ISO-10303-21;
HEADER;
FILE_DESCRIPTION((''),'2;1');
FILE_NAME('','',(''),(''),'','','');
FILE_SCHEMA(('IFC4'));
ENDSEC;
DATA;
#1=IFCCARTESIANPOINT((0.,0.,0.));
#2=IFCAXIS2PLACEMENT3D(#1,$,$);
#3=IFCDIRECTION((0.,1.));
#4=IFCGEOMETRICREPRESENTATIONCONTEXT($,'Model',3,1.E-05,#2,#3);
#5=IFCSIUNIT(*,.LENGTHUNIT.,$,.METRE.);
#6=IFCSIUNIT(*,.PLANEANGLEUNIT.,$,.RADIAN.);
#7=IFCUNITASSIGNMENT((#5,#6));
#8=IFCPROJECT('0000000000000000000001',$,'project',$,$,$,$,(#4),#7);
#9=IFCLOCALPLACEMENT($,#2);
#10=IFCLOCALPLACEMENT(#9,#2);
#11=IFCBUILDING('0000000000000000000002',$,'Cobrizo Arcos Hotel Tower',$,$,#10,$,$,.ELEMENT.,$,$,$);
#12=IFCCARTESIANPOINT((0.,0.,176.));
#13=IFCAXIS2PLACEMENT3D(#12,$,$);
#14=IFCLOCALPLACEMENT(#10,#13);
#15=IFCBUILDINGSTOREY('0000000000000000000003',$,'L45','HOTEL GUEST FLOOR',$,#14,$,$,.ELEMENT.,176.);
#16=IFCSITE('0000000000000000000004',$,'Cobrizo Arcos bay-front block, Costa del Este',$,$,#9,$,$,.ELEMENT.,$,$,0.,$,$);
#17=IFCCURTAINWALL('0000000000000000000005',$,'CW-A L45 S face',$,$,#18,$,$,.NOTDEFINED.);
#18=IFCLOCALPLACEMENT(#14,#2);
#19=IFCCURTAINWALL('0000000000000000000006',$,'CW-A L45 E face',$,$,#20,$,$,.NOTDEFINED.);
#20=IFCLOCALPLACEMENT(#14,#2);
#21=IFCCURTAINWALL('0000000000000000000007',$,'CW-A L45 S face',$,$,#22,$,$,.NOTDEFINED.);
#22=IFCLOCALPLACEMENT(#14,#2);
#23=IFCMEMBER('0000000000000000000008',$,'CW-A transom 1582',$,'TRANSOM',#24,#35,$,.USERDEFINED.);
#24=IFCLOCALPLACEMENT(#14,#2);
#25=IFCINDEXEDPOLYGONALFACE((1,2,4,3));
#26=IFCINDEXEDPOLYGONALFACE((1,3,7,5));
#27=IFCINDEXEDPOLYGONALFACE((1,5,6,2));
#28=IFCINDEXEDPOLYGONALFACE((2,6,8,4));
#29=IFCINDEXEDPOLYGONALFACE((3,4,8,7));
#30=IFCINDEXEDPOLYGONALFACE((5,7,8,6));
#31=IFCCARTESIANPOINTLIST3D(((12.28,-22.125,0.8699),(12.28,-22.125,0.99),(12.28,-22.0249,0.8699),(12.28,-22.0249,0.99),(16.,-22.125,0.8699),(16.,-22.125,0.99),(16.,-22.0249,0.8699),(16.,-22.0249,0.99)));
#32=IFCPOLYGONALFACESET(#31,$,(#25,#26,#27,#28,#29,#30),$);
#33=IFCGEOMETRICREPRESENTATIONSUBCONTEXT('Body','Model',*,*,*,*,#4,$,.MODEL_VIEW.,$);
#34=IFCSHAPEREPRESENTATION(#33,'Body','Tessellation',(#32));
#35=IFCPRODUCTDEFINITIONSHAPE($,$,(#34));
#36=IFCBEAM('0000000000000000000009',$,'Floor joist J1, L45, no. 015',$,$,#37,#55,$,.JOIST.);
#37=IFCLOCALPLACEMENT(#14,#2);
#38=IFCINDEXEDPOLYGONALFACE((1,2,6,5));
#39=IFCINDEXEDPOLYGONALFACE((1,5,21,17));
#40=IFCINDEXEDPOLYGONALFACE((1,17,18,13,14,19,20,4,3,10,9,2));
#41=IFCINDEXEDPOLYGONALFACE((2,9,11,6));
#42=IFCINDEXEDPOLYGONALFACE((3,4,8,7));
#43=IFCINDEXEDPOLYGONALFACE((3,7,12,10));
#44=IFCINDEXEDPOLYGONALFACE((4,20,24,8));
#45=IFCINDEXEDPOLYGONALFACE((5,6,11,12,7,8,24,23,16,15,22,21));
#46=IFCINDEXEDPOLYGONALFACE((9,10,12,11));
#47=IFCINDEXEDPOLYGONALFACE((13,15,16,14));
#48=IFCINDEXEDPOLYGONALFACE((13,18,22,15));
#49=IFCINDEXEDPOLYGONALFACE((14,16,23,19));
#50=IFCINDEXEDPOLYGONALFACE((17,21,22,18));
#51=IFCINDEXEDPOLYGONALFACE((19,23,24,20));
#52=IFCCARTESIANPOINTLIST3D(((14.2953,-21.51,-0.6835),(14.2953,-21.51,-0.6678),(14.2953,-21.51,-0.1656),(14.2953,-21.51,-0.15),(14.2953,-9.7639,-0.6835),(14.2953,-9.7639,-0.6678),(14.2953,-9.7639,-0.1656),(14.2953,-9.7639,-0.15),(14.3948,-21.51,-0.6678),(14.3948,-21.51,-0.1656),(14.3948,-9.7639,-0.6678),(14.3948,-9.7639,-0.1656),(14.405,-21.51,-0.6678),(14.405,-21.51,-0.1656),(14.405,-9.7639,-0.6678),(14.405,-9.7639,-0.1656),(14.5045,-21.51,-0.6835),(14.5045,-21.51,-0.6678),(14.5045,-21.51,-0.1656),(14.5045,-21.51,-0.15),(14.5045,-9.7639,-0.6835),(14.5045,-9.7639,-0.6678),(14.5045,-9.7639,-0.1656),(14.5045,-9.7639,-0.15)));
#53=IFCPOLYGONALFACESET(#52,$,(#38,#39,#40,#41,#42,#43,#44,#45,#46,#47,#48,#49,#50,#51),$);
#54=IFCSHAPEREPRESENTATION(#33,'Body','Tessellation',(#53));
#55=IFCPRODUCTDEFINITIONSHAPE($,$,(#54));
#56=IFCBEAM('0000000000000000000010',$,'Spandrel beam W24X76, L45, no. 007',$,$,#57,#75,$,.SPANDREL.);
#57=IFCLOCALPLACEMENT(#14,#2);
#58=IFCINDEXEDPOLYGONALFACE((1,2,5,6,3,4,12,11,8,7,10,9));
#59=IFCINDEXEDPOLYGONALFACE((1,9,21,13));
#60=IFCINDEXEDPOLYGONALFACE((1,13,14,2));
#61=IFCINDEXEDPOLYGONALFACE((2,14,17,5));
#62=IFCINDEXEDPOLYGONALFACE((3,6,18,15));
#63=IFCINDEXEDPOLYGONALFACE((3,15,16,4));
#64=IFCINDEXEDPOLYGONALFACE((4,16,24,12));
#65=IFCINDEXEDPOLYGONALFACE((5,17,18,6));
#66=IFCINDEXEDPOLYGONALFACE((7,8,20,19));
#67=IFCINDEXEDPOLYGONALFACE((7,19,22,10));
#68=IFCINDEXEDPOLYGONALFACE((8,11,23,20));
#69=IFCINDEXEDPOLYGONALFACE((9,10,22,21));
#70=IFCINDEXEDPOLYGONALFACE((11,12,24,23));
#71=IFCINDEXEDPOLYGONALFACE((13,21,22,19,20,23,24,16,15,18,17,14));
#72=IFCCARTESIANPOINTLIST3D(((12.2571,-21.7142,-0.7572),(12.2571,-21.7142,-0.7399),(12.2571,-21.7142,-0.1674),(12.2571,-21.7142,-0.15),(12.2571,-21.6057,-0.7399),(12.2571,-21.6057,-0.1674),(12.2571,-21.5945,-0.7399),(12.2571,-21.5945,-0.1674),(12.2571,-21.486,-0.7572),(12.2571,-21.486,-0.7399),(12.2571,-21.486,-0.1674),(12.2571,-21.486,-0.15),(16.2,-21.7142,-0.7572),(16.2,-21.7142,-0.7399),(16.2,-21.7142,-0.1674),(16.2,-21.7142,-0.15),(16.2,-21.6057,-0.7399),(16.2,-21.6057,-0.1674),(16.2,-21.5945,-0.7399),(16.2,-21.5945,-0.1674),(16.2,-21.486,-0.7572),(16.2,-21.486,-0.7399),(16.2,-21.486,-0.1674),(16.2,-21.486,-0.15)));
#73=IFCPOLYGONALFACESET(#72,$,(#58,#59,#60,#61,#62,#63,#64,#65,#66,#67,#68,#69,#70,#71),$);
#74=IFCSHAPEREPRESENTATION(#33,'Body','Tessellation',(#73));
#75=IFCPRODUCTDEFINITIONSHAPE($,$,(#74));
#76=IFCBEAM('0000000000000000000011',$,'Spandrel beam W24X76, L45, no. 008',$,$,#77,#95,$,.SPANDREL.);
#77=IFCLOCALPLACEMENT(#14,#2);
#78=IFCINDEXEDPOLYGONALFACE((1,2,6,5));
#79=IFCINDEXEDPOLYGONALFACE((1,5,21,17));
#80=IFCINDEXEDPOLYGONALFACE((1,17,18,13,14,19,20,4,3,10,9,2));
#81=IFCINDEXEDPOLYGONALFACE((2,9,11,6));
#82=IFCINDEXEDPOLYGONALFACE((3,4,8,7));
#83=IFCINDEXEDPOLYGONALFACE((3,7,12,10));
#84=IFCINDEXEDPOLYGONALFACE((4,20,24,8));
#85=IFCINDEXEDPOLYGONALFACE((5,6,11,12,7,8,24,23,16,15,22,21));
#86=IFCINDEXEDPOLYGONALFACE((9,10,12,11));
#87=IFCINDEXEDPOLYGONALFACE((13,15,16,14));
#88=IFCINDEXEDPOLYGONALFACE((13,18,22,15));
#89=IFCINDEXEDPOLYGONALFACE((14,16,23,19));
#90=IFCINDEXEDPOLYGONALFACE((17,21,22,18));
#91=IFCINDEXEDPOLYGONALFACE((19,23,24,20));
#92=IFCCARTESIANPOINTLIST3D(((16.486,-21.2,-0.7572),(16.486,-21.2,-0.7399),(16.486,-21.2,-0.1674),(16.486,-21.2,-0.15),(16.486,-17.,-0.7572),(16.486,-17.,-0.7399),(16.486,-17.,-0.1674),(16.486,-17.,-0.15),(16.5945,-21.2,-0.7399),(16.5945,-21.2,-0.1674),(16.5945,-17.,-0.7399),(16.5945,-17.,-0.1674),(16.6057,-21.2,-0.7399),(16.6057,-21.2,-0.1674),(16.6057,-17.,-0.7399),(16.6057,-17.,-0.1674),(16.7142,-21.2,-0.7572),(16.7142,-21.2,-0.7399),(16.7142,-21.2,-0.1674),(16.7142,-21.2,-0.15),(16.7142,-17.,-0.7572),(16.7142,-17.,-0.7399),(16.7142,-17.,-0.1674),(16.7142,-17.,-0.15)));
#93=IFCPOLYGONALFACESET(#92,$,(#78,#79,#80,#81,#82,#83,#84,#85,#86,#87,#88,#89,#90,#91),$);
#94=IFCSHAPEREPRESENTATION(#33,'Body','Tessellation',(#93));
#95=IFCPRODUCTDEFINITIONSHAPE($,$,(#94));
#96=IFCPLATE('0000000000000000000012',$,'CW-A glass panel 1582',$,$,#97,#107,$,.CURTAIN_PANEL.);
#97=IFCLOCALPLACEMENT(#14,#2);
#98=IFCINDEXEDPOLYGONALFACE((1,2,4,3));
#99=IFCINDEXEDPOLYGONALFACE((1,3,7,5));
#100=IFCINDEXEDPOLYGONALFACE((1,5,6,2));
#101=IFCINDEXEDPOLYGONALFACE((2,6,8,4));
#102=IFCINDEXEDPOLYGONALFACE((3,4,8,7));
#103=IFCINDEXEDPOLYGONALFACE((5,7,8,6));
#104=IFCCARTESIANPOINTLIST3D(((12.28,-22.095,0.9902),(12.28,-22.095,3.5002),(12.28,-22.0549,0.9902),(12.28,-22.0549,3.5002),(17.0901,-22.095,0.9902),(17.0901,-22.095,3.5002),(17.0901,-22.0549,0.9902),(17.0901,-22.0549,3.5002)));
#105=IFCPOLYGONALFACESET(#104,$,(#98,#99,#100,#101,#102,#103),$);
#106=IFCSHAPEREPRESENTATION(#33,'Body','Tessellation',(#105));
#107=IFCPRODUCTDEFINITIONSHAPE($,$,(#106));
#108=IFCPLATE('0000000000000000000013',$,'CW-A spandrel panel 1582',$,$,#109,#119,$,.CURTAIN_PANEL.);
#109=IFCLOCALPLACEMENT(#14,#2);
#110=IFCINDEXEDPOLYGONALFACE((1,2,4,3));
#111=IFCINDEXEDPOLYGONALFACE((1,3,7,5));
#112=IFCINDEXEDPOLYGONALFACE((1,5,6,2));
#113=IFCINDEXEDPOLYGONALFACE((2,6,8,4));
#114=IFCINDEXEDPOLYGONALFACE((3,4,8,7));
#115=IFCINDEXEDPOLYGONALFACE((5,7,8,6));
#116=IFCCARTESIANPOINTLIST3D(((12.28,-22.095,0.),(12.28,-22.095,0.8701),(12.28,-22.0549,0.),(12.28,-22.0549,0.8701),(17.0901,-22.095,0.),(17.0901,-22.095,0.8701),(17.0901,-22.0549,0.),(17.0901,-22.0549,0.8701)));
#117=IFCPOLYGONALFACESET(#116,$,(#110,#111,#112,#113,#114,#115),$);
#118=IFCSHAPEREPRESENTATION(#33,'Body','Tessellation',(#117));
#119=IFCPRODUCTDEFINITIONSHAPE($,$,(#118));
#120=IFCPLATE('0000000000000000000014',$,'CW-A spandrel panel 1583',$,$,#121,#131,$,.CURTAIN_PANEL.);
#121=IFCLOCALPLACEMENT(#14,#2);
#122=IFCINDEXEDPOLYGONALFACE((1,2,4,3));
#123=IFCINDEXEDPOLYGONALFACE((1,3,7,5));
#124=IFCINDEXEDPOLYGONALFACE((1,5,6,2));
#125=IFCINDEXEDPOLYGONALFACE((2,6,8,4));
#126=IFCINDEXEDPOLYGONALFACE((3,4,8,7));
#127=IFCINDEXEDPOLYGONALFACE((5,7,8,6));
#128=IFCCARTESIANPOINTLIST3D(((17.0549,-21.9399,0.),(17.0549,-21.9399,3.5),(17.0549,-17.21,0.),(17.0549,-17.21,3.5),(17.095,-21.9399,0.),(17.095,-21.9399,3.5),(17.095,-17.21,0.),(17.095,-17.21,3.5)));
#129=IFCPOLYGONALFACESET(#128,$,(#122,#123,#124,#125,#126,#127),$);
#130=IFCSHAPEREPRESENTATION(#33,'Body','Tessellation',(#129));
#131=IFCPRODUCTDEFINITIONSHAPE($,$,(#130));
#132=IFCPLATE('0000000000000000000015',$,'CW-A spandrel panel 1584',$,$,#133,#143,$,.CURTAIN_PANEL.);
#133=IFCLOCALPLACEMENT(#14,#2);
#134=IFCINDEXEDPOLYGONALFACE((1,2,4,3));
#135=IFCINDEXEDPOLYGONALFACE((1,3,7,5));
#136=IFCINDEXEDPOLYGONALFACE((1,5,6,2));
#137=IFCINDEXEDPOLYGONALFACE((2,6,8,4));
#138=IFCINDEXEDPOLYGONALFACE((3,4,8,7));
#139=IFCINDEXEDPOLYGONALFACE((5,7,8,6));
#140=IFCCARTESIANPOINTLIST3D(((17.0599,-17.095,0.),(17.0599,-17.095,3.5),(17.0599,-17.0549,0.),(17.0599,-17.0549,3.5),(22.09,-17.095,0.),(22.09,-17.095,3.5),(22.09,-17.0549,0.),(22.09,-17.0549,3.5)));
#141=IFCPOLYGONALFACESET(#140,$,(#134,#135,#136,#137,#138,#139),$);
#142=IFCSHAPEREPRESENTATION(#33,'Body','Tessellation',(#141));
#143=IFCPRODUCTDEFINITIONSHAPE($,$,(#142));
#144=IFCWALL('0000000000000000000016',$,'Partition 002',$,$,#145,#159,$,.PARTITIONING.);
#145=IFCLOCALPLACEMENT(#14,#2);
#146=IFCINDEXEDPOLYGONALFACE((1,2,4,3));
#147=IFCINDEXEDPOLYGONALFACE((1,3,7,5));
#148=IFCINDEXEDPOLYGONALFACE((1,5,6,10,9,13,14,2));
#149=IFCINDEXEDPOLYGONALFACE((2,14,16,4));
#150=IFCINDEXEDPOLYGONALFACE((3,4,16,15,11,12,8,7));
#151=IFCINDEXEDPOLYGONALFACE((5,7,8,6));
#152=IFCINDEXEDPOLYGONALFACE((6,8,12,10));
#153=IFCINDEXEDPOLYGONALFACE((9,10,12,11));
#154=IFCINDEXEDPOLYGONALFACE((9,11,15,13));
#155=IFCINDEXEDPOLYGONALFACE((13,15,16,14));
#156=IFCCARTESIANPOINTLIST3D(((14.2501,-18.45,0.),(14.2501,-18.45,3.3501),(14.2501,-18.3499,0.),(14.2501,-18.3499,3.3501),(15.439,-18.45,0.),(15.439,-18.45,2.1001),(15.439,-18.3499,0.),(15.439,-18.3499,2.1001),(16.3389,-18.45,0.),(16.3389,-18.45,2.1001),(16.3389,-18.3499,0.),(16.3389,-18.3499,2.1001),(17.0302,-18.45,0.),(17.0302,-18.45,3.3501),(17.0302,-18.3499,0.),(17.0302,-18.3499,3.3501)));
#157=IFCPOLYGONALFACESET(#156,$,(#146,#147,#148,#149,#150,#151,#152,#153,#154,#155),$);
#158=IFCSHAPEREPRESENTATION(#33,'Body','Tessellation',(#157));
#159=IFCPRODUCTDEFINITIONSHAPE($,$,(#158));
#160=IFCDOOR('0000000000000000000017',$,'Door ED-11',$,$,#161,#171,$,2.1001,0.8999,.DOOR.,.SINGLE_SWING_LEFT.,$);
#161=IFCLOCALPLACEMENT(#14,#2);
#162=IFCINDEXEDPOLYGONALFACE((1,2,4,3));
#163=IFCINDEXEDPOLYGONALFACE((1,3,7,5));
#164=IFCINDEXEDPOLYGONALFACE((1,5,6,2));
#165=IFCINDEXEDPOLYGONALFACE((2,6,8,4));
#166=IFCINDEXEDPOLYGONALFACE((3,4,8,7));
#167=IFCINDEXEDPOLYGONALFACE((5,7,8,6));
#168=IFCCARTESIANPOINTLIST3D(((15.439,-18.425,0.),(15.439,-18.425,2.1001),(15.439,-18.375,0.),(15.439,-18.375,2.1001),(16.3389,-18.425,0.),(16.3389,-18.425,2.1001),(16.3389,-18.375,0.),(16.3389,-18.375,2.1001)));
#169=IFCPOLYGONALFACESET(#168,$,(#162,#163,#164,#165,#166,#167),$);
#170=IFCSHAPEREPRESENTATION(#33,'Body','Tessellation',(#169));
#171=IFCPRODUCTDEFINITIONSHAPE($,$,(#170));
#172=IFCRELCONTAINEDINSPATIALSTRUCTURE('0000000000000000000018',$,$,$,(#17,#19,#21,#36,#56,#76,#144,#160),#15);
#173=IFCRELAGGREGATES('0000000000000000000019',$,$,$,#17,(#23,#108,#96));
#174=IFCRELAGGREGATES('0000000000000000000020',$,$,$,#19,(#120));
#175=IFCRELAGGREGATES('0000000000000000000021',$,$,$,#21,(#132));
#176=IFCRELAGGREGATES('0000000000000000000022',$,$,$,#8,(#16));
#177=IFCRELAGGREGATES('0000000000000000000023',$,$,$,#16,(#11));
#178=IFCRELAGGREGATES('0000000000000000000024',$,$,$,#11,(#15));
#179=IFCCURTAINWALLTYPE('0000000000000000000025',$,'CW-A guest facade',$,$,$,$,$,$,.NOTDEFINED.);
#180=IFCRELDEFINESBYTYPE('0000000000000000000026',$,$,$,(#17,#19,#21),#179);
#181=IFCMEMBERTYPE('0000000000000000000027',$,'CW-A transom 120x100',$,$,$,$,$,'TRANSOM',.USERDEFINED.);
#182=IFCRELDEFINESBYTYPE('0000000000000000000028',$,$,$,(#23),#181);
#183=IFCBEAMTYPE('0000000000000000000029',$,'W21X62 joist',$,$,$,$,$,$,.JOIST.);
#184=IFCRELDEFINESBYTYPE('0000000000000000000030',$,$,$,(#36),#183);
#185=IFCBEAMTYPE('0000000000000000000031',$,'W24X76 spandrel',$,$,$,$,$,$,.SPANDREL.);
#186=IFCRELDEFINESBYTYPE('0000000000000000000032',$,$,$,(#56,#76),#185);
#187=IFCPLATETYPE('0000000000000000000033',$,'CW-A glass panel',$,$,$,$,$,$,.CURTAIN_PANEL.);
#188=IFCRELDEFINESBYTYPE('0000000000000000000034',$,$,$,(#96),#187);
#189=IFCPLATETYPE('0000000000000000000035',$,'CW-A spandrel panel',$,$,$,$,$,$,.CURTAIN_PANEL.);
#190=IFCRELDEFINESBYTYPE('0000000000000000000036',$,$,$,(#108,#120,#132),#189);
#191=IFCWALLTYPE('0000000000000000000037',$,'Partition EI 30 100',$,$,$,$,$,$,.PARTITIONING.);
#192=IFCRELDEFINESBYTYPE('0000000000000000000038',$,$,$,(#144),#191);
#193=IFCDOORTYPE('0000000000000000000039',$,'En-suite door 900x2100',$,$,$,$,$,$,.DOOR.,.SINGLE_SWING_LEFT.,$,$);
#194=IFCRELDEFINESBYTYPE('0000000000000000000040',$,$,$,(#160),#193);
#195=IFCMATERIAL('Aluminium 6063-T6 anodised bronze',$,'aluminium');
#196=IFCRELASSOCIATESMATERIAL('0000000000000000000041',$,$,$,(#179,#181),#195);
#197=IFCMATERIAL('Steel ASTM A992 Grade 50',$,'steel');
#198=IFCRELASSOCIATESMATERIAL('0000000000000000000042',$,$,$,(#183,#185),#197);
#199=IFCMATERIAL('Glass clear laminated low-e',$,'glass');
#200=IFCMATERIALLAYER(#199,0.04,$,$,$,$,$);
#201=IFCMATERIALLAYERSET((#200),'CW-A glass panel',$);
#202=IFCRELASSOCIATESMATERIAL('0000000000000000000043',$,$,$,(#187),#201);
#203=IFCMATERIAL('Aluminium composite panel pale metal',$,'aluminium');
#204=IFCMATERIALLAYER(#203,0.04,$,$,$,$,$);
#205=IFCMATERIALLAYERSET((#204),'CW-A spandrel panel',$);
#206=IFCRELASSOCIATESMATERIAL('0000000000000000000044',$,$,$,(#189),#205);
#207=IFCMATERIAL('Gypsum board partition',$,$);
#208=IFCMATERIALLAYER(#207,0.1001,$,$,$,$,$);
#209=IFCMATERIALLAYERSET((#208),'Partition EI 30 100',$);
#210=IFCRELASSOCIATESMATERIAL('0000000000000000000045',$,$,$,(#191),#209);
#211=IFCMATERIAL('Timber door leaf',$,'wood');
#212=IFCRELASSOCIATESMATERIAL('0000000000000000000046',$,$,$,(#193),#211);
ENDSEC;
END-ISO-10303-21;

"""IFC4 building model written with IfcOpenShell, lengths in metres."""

from ifc_helpers import new_model, si_unit, direction, frame, frame_2d, origin, origin_2d, place, context, subcontext, project, spatial, rectangle, i_section, extrude, material, layer, layer_set, material_profile, profile_set, type_object, element, fill, aggregate, save


model = new_model("IFC4")

# Units and contexts
model_context = context("Model", 3, precision=1e-05, world=origin(), true_north=direction((0.0, 1.0)))
body_context = subcontext(model_context, "Body", "Model", "MODEL_VIEW")
ifc_project = project(units=[si_unit("LENGTHUNIT", "METRE"), si_unit("PLANEANGLEUNIT", "RADIAN")], contexts=[model_context])

# Site, building, storey
site_placement = place(None, origin())
site = spatial("IfcSite", under=ifc_project, at=site_placement, Name="Cobrizo Arcos bay-front block, Costa del Este", CompositionType="ELEMENT", RefElevation=0.0)
building_placement = place(site_placement, origin())
building = spatial("IfcBuilding", under=site, at=building_placement, Name="Cobrizo Arcos Hotel Tower", CompositionType="ELEMENT")
storey_placement = place(building_placement, frame((0.0, 0.0, 176.0)))
storey = spatial("IfcBuildingStorey", under=building, at=storey_placement, Name="L45", Description="HOTEL GUEST FLOOR", CompositionType="ELEMENT", Elevation=176.0)

# Curtain walls
ifc_material_1 = material(Name="Aluminium 6063-T6 anodised bronze", Category="aluminium")
curtain_wall_type = type_object("IfcCurtainWallType", Name="CW-A guest facade", PredefinedType="NOTDEFINED", material=ifc_material_1)
curtain_wall_1_placement = place(storey_placement, origin())
curtain_wall_1 = element("IfcCurtainWall", 1, at=curtain_wall_1_placement, inside=storey, type_object=curtain_wall_type, Name="CW-A L45 S face", PredefinedType="NOTDEFINED")
curtain_wall_2_placement = place(storey_placement, origin())
curtain_wall_2 = element("IfcCurtainWall", 2, at=curtain_wall_2_placement, inside=storey, type_object=curtain_wall_type, Name="CW-A L45 E face", PredefinedType="NOTDEFINED")
curtain_wall_3_placement = place(storey_placement, origin())
curtain_wall_3 = element("IfcCurtainWall", 3, at=curtain_wall_3_placement, inside=storey, type_object=curtain_wall_type, Name="CW-A L45 S face", PredefinedType="NOTDEFINED")

# Member
ifc_material_profile_1 = material_profile(ifc_material_1, rectangle(XDim=0.1001, YDim=0.1201, at=origin_2d()), Name="CW-A transom 120x100")
ifc_profile_set_1 = profile_set([ifc_material_profile_1], Name="Aluminium 6063-T6 anodised bronze")
member_type_1 = type_object("IfcMemberType", Name="CW-A transom 120x100", ElementType="TRANSOM", PredefinedType="USERDEFINED", material=ifc_profile_set_1)
member_1_placement = place(storey_placement, frame((12.28, -22.075, 0.9299), z_axis=(1.0, 0.0, 0.0), x_axis=(0.0, 1.0, 0.0)))
member_1 = element("IfcMember", 4, at=member_1_placement, type_object=member_type_1, Name="CW-A transom 1582", ObjectType="TRANSOM", PredefinedType="USERDEFINED", context=body_context, shape_type="SweptSolid", body=[
    extrude(rectangle(XDim=0.1001, YDim=0.1201, at=origin_2d()), origin(), (0.0, 0.0, 1.0), 3.72),
])

# Beams
ifc_material_2 = material(Name="Steel ASTM A992 Grade 50", Category="steel")
ifc_material_profile_2 = material_profile(ifc_material_2, i_section(OverallWidth=0.2092, OverallDepth=0.5334, WebThickness=0.0103, FlangeThickness=0.0156, at=origin_2d()), Name="W21X62")
ifc_profile_set_2 = profile_set([ifc_material_profile_2], Name="Steel ASTM A992 Grade 50")
beam_type_1 = type_object("IfcBeamType", Name="W21X62 joist", PredefinedType="JOIST", material=ifc_profile_set_2)
beam_1_placement = place(storey_placement, frame((14.3999, -21.51, -0.4167), z_axis=(0.0, 1.0, 0.0), x_axis=(-1.0, 0.0, 0.0)))
element("IfcBeam", 5, at=beam_1_placement, inside=storey, type_object=beam_type_1, Name="Floor joist J1, L45, no. 015", PredefinedType="JOIST", context=body_context, shape_type="SweptSolid", body=[
    extrude(i_section(OverallWidth=0.2092, OverallDepth=0.5334, WebThickness=0.0103, FlangeThickness=0.0156, at=origin_2d()), origin(), (0.0, 0.0, 1.0), 11.7461),
])
ifc_material_profile_3 = material_profile(ifc_material_2, i_section(OverallWidth=0.2283, OverallDepth=0.6072, WebThickness=0.0112, FlangeThickness=0.0173, at=origin_2d()), Name="W24X76")
ifc_profile_set_3 = profile_set([ifc_material_profile_3], Name="Steel ASTM A992 Grade 50")
beam_type_2 = type_object("IfcBeamType", Name="W24X76 spandrel", PredefinedType="SPANDREL", material=ifc_profile_set_3)
beam_2_placement = place(storey_placement, frame((12.2571, -21.6001, -0.4536), z_axis=(1.0, 0.0, 0.0), x_axis=(0.0, 1.0, 0.0)))
element("IfcBeam", 6, at=beam_2_placement, inside=storey, type_object=beam_type_2, Name="Spandrel beam W24X76, L45, no. 007", PredefinedType="SPANDREL", context=body_context, shape_type="SweptSolid", body=[
    extrude(i_section(OverallWidth=0.2283, OverallDepth=0.6072, WebThickness=0.0112, FlangeThickness=0.0173, at=origin_2d()), origin(), (0.0, 0.0, 1.0), 3.9429),
])
beam_3_placement = place(storey_placement, frame((16.6001, -21.2, -0.4536), z_axis=(0.0, 1.0, 0.0), x_axis=(-1.0, 0.0, 0.0)))
element("IfcBeam", 7, at=beam_3_placement, inside=storey, type_object=beam_type_2, Name="Spandrel beam W24X76, L45, no. 008", PredefinedType="SPANDREL", context=body_context, shape_type="SweptSolid", body=[
    extrude(i_section(OverallWidth=0.2283, OverallDepth=0.6072, WebThickness=0.0112, FlangeThickness=0.0173, at=origin_2d()), origin(), (0.0, 0.0, 1.0), 4.2),
])

# Plates
ifc_material_3 = material(Name="Glass clear laminated low-e", Category="glass")
ifc_layer_1 = layer(ifc_material_3, 0.04)
ifc_layer_set_1 = layer_set([ifc_layer_1], Name="CW-A glass panel")
plate_type_1 = type_object("IfcPlateType", Name="CW-A glass panel", PredefinedType="CURTAIN_PANEL", material=ifc_layer_set_1)
plate_1_placement = place(storey_placement, frame((14.6851, -22.075, 0.9902), z_axis=(0.0, 0.0, 1.0), x_axis=(1.0, 0.0, 0.0)))
plate_1 = element("IfcPlate", 8, at=plate_1_placement, type_object=plate_type_1, Name="CW-A glass panel 1582", PredefinedType="CURTAIN_PANEL", context=body_context, shape_type="SweptSolid", body=[
    extrude(rectangle(XDim=4.8101, YDim=0.04, at=origin_2d()), origin(), (0.0, 0.0, 1.0), 2.51),
])
ifc_material_4 = material(Name="Aluminium composite panel pale metal", Category="aluminium")
ifc_layer_2 = layer(ifc_material_4, 0.04)
ifc_layer_set_2 = layer_set([ifc_layer_2], Name="CW-A spandrel panel")
plate_type_2 = type_object("IfcPlateType", Name="CW-A spandrel panel", PredefinedType="CURTAIN_PANEL", material=ifc_layer_set_2)
plate_2_placement = place(storey_placement, frame((14.6851, -22.075, 0.0), z_axis=(0.0, 0.0, 1.0), x_axis=(1.0, 0.0, 0.0)))
plate_2 = element("IfcPlate", 9, at=plate_2_placement, type_object=plate_type_2, Name="CW-A spandrel panel 1582", PredefinedType="CURTAIN_PANEL", context=body_context, shape_type="SweptSolid", body=[
    extrude(rectangle(XDim=4.8101, YDim=0.04, at=origin_2d()), origin(), (0.0, 0.0, 1.0), 0.8701),
])
aggregate(curtain_wall_1, [member_1, plate_2, plate_1])
plate_3_placement = place(storey_placement, frame((17.075, -19.575, 0.0), z_axis=(0.0, 0.0, 1.0), x_axis=(0.0, 1.0, 0.0)))
plate_3 = element("IfcPlate", 10, at=plate_3_placement, type_object=plate_type_2, Name="CW-A spandrel panel 1583", PredefinedType="CURTAIN_PANEL", context=body_context, shape_type="SweptSolid", body=[
    extrude(rectangle(XDim=4.73, YDim=0.04, at=origin_2d()), origin(), (0.0, 0.0, 1.0), 3.5),
])
aggregate(curtain_wall_2, [plate_3])
plate_4_placement = place(storey_placement, frame((19.575, -17.075, 0.0), z_axis=(0.0, 0.0, 1.0), x_axis=(1.0, 0.0, 0.0)))
plate_4 = element("IfcPlate", 11, at=plate_4_placement, type_object=plate_type_2, Name="CW-A spandrel panel 1584", PredefinedType="CURTAIN_PANEL", context=body_context, shape_type="SweptSolid", body=[
    extrude(rectangle(XDim=5.03, YDim=0.04, at=origin_2d()), origin(), (0.0, 0.0, 1.0), 3.5),
])
aggregate(curtain_wall_3, [plate_4])

# Wall, opening, door
ifc_material_5 = material(Name="Gypsum board partition")
ifc_layer_3 = layer(ifc_material_5, 0.1001)
ifc_layer_set_3 = layer_set([ifc_layer_3], Name="Partition EI 30 100")
wall_type = type_object("IfcWallType", Name="Partition EI 30 100", PredefinedType="PARTITIONING", material=ifc_layer_set_3)
wall_1_placement = place(storey_placement, frame((14.25, -18.3999, 0.0), z_axis=(0.0, 0.0, 1.0), x_axis=(1.0, 0.0, 0.0)))
wall_1 = element("IfcWall", 12, at=wall_1_placement, inside=storey, type_object=wall_type, Name="Partition 002", PredefinedType="PARTITIONING", context=body_context, shape_type="SweptSolid", body=[
    extrude(rectangle(XDim=2.78, YDim=0.1001, at=frame_2d((1.3901, 0.0))), origin(), (0.0, 0.0, 1.0), 3.3501),
])
opening_1_placement = place(wall_1_placement, frame((1.189, 0.0, 0.0)))
opening_1 = element("IfcOpeningElement", 13, at=opening_1_placement, cuts=wall_1, PredefinedType="OPENING", context=body_context, shape_type="SweptSolid", body=[
    extrude(rectangle(XDim=0.8999, YDim=2.1001, at=frame_2d((0.45, 1.05))), frame((0.0, 0.062, 0.0), z_axis=(0.0, -1.0, 0.0), x_axis=(1.0, 0.0, 0.0)), (0.0, 0.0, 1.0), 0.124),
])
ifc_material_6 = material(Name="Timber door leaf", Category="wood")
door_type = type_object("IfcDoorType", Name="En-suite door 900x2100", OperationType="SINGLE_SWING_LEFT", PredefinedType="DOOR", material=ifc_material_6)
door_1_placement = place(opening_1_placement, origin())
door_1 = element("IfcDoor", 14, at=door_1_placement, inside=storey, type_object=door_type, Name="Door ED-11", OperationType="SINGLE_SWING_LEFT", OverallHeight=2.1001, OverallWidth=0.8999, PredefinedType="DOOR", context=body_context, shape_type="SweptSolid", body=[
    extrude(rectangle(XDim=0.8999, YDim=2.1001, at=frame_2d((0.45, 1.05))), frame((0.0, 0.0249, 0.0), z_axis=(0.0, -1.0, 0.0), x_axis=(1.0, 0.0, 0.0)), (0.0, 0.0, 1.0), 0.05),
])
fill(opening_1, door_1)

save(model, "model.ifc")
